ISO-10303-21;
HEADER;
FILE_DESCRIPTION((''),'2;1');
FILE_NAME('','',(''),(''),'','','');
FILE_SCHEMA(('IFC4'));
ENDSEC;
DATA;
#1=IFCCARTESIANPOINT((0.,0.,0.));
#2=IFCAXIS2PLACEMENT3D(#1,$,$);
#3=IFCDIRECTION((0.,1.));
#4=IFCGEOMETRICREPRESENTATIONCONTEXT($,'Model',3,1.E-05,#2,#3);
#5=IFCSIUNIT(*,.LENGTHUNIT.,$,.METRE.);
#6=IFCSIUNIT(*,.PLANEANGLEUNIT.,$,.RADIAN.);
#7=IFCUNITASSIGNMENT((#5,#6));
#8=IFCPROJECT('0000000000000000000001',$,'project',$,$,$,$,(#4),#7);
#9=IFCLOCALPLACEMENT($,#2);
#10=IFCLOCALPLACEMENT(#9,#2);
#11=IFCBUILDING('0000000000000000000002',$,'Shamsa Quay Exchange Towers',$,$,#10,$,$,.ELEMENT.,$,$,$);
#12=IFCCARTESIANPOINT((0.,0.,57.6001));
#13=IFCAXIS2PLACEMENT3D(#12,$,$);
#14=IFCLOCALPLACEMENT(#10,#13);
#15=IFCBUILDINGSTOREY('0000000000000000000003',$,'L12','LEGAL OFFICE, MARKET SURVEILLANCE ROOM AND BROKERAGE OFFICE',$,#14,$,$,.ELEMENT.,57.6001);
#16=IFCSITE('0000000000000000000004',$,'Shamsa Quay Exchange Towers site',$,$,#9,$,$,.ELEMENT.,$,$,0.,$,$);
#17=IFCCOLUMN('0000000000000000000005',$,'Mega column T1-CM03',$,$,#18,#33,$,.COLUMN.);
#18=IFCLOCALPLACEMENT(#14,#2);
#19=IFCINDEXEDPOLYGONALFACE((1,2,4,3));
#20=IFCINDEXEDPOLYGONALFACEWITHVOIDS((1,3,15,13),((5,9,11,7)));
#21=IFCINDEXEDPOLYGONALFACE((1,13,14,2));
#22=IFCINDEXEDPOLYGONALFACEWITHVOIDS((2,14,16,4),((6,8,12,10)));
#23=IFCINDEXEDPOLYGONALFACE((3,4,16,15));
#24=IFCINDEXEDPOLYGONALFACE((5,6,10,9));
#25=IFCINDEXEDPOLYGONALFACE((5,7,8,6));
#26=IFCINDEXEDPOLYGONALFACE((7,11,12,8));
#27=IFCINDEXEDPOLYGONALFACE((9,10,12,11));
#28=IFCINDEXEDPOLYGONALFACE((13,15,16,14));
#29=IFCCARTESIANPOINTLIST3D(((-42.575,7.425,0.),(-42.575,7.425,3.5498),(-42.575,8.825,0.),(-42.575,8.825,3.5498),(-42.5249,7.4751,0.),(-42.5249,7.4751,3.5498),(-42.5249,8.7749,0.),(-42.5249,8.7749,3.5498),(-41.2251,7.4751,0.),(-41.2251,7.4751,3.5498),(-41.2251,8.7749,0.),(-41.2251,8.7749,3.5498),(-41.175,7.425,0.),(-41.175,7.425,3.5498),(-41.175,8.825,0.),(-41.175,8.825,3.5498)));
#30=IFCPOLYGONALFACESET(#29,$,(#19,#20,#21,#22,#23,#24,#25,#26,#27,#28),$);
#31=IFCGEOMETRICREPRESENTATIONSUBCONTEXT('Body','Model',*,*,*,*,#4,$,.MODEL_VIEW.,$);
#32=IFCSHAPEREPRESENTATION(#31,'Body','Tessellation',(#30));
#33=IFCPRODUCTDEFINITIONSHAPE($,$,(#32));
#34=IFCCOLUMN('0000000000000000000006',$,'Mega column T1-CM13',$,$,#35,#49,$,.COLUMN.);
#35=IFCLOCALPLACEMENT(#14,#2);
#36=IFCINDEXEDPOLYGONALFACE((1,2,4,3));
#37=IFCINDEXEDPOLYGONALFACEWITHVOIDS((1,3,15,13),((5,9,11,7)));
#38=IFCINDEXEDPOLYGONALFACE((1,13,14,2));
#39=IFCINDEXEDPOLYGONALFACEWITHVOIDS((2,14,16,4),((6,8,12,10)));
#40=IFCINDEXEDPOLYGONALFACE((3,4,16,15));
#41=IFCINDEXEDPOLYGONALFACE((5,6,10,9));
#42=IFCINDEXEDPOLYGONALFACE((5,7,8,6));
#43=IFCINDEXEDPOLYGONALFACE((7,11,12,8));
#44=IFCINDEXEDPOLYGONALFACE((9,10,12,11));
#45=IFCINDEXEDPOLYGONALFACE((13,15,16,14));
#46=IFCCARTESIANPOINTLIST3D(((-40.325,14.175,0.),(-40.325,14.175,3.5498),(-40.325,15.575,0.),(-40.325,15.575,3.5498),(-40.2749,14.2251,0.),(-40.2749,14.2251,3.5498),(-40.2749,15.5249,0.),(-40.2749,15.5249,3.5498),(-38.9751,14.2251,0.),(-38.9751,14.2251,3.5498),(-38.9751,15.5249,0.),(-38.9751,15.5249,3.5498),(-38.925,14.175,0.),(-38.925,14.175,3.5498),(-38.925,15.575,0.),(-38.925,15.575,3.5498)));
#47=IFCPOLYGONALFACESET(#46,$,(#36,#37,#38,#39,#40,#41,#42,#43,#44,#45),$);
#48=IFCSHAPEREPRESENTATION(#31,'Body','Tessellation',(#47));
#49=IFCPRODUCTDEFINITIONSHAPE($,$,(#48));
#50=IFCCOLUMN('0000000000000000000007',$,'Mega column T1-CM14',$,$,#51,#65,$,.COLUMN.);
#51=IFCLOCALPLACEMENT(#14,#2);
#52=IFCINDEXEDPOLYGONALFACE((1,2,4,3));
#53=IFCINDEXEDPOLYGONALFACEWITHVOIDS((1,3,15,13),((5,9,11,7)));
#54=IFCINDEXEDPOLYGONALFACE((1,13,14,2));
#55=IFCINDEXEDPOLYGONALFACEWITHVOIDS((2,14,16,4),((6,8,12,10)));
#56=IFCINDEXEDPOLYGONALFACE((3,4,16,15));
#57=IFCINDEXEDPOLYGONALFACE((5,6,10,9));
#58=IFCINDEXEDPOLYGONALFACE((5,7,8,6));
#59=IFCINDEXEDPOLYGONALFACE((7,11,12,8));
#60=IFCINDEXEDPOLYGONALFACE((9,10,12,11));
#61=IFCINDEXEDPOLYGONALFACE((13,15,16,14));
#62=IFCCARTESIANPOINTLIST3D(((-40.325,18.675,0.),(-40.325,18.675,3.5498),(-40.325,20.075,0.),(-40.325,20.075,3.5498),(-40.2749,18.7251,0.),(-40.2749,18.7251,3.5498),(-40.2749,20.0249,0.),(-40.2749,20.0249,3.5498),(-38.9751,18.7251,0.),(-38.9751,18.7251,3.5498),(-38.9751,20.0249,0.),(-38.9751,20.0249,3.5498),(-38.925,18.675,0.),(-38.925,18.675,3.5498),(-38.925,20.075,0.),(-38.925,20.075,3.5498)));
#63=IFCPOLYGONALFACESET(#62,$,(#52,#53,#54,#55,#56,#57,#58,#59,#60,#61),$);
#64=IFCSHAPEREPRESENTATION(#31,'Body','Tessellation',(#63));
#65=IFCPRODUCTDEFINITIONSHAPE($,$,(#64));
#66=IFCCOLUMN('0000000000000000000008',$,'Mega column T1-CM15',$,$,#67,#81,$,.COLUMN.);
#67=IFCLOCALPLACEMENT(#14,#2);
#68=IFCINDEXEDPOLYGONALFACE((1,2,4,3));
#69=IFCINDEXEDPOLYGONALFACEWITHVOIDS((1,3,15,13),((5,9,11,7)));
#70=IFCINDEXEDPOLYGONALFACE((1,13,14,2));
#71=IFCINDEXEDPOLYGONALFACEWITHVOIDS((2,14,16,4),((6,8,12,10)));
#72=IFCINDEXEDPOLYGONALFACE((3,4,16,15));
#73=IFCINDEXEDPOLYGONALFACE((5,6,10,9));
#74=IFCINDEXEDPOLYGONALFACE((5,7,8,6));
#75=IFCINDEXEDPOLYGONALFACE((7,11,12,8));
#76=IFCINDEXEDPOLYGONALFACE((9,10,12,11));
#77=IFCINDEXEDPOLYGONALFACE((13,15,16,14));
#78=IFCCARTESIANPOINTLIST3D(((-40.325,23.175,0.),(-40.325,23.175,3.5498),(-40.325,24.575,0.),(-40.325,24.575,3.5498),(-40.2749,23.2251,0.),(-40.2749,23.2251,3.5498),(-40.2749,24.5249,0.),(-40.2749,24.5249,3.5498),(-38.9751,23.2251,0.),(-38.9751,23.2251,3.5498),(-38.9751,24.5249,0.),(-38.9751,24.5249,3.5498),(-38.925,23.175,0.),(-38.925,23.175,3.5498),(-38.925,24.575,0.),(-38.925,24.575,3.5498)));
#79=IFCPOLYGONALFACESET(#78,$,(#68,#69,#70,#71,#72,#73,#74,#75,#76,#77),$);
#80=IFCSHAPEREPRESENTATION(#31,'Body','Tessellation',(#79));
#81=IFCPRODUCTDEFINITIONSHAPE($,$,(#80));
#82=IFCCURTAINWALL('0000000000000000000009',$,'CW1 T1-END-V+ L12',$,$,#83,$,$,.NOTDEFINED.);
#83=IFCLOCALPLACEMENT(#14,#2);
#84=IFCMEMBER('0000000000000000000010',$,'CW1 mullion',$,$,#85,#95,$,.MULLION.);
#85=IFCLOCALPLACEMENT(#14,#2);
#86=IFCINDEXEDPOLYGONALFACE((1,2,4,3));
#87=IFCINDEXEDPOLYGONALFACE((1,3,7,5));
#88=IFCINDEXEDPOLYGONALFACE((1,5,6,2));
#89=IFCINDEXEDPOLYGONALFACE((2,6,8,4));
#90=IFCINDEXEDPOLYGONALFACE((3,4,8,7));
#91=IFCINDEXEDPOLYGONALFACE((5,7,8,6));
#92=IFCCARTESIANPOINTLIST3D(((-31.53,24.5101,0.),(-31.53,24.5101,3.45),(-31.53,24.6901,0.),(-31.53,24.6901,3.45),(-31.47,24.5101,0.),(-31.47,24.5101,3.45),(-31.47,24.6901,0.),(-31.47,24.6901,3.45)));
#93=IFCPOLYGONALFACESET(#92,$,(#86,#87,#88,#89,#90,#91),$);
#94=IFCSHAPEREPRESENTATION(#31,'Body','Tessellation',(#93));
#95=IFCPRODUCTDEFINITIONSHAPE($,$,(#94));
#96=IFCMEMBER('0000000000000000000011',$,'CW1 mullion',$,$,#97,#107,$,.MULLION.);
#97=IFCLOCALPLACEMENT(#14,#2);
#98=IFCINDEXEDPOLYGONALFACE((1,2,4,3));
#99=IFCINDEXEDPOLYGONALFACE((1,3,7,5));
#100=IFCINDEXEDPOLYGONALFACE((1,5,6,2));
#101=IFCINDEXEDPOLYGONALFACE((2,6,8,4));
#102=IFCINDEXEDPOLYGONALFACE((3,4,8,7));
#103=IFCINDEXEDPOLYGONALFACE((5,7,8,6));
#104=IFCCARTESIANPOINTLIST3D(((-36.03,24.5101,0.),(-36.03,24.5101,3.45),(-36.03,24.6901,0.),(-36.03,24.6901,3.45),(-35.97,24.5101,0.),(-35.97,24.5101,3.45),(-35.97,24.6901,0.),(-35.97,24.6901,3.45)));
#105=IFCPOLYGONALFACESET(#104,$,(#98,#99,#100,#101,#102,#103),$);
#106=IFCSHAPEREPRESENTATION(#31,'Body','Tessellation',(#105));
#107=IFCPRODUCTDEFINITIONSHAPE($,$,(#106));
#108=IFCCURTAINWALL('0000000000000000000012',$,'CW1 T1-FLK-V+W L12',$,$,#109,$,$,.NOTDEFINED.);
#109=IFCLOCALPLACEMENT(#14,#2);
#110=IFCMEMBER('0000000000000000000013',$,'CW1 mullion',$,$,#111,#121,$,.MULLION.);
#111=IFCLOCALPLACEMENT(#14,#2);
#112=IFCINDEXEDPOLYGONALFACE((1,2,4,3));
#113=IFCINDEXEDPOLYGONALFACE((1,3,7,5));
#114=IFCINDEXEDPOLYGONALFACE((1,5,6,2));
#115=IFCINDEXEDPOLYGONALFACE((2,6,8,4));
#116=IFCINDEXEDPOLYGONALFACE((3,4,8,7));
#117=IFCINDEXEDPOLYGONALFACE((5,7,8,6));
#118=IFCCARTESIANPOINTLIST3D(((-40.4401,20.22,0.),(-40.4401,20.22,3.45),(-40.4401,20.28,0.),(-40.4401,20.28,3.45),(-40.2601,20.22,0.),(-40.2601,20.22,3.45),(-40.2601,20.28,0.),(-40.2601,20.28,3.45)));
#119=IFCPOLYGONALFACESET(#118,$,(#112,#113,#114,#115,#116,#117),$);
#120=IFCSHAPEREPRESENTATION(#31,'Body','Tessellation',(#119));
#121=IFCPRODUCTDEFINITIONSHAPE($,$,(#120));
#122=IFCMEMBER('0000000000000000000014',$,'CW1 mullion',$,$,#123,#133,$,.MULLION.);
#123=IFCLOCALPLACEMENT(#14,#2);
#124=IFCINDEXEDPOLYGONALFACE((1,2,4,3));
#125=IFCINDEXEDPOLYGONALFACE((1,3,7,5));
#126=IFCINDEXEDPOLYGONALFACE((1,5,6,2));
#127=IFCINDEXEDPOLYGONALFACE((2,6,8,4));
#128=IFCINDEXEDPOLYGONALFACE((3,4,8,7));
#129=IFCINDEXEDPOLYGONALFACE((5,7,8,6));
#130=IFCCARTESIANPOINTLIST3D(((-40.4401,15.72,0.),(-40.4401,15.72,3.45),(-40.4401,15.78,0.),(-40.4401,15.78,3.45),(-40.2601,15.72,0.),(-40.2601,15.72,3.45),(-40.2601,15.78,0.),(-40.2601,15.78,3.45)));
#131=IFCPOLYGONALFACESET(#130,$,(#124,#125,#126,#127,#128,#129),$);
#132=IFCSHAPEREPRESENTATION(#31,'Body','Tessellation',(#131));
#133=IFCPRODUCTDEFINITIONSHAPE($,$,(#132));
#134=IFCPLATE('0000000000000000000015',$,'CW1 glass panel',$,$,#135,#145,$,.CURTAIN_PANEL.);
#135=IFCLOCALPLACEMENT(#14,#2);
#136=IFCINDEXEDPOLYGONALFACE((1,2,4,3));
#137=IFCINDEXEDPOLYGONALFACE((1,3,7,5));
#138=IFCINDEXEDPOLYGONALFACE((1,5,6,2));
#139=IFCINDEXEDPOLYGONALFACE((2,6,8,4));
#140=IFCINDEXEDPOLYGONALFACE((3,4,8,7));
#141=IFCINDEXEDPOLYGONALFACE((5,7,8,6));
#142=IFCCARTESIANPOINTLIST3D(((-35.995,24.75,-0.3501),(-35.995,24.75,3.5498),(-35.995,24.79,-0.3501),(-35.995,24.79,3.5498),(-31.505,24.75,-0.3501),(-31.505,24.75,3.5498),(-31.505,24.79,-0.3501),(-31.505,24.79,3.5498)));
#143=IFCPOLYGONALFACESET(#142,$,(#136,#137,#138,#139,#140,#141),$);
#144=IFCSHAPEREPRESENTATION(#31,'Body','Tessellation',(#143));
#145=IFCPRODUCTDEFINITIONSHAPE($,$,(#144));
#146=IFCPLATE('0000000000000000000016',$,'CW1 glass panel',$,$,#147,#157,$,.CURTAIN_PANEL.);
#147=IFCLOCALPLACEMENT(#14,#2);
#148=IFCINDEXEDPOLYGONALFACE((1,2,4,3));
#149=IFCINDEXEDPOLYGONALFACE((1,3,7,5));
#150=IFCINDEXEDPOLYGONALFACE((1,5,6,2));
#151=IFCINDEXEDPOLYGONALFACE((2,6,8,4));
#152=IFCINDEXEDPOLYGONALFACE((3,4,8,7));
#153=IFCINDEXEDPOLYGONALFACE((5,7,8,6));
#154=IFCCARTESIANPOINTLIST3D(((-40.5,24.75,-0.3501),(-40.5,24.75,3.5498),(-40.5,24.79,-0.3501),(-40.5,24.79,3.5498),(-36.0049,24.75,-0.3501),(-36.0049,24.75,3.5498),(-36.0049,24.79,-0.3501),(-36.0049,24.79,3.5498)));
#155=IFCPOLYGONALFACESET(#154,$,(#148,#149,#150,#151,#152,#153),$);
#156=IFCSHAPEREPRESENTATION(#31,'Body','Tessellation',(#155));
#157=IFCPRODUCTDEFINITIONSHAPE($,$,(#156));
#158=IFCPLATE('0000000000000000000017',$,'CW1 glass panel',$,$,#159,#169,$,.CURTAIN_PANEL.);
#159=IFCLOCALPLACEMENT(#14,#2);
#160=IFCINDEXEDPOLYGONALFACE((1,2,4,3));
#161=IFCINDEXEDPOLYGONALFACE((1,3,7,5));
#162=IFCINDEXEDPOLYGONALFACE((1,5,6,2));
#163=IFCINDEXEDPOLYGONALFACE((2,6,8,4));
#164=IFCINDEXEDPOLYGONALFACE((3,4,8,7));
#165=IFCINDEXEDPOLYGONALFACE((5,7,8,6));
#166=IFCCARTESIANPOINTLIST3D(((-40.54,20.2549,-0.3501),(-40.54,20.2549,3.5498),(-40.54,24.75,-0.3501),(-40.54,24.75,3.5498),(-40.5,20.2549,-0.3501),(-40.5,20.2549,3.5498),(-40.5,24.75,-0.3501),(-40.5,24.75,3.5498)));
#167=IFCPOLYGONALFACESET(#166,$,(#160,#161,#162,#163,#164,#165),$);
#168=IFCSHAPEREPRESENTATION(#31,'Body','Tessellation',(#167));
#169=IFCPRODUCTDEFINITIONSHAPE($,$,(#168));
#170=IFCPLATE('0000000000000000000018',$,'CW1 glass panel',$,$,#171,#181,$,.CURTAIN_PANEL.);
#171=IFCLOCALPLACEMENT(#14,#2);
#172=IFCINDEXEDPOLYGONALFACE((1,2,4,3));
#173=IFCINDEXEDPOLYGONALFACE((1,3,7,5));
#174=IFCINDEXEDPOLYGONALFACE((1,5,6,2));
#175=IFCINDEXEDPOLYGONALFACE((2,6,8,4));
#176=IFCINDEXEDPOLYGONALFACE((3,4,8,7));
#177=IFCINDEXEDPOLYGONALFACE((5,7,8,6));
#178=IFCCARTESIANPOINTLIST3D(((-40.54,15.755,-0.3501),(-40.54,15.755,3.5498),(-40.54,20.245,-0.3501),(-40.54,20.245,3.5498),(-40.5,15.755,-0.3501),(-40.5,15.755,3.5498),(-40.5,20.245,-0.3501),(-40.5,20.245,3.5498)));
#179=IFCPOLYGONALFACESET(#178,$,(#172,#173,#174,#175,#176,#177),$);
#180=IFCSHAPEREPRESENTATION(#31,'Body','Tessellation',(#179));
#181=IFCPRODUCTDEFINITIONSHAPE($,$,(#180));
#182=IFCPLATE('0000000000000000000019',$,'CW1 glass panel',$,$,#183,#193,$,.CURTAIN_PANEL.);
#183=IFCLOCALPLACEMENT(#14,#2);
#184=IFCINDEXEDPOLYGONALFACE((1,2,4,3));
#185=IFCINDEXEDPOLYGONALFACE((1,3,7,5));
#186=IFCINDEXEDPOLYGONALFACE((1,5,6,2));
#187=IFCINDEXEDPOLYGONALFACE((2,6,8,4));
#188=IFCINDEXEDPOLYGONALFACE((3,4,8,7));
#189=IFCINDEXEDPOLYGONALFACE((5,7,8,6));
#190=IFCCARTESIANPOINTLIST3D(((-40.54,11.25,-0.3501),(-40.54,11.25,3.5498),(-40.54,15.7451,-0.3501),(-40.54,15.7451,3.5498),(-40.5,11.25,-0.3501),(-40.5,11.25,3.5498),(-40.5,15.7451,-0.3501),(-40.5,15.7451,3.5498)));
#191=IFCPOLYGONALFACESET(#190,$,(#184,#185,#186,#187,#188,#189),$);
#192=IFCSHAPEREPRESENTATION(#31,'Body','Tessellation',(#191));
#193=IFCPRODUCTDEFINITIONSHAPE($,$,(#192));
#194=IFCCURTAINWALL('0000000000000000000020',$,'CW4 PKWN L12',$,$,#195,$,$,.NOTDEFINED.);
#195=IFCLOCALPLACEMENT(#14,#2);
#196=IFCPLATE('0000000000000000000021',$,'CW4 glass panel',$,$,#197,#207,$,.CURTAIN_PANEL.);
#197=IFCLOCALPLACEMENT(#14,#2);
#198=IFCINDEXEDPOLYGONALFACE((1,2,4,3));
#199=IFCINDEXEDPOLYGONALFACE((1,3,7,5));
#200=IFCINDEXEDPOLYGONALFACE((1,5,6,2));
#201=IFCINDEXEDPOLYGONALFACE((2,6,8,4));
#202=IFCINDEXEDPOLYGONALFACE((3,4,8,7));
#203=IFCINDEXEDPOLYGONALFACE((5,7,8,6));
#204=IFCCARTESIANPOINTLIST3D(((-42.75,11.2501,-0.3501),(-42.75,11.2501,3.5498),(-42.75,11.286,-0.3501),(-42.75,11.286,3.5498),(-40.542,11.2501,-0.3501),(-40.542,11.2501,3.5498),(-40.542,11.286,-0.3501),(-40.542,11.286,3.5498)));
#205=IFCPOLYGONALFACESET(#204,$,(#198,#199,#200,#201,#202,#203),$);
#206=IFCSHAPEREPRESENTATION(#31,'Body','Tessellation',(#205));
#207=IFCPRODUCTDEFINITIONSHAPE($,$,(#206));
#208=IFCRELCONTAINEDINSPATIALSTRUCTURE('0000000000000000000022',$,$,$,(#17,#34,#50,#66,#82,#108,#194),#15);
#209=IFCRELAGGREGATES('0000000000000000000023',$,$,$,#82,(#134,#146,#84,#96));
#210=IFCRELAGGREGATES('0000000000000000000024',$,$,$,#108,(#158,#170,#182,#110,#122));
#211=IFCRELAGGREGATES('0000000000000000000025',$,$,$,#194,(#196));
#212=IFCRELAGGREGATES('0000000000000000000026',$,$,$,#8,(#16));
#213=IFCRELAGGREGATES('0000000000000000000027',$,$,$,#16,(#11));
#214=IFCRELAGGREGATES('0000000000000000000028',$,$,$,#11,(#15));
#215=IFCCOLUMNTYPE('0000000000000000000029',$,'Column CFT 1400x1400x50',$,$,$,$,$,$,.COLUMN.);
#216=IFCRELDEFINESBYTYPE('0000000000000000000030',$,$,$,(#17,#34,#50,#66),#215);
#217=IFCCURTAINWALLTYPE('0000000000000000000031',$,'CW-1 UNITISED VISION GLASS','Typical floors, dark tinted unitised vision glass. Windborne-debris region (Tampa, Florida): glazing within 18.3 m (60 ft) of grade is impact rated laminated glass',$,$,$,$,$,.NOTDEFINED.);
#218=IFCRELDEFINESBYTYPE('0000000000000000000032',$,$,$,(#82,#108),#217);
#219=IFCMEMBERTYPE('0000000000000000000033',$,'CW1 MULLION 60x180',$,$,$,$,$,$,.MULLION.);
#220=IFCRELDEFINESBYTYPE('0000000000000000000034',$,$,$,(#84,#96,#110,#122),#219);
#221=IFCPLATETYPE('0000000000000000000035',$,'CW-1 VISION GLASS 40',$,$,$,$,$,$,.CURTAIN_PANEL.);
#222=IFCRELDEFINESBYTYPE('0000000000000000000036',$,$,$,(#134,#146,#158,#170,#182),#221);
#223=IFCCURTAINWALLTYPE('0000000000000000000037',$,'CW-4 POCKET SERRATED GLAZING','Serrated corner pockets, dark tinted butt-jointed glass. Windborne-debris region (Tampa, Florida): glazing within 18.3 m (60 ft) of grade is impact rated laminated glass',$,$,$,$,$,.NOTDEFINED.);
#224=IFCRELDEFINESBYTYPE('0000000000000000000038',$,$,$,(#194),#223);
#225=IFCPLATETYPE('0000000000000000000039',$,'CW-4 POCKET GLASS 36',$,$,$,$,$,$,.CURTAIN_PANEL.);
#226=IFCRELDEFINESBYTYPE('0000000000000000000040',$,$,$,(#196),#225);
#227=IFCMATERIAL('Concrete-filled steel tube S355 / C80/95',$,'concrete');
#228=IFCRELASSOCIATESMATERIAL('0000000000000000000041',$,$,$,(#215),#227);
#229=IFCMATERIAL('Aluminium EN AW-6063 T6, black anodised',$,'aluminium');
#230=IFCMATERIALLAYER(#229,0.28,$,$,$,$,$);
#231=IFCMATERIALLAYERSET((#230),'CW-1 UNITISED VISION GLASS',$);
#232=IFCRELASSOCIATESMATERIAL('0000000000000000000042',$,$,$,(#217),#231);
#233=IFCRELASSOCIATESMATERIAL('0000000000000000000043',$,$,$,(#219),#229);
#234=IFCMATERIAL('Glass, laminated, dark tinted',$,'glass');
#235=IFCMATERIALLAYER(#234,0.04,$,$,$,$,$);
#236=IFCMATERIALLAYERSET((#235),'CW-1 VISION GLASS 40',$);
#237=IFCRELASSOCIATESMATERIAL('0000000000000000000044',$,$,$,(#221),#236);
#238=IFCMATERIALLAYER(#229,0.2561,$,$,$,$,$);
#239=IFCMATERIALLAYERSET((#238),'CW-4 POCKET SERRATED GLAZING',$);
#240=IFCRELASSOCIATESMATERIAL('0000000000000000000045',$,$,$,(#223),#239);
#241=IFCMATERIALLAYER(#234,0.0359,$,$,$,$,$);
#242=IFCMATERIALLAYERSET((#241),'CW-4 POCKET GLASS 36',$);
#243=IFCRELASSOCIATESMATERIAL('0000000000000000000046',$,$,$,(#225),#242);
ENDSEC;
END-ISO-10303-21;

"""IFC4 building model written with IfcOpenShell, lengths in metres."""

from ifc_helpers import new_model, si_unit, direction, frame, origin, origin_2d, place, context, subcontext, project, spatial, rectangle, hollow_rectangle, extrude, material, layer, layer_set, material_profile, profile_set, type_object, element, aggregate, save


model = new_model("IFC4")

# Units and contexts
model_context = context("Model", 3, precision=1e-05, world=origin(), true_north=direction((0.0, 1.0)))
body_context = subcontext(model_context, "Body", "Model", "MODEL_VIEW")
ifc_project = project(units=[si_unit("LENGTHUNIT", "METRE"), si_unit("PLANEANGLEUNIT", "RADIAN")], contexts=[model_context])

# Site, building, storey
site_placement = place(None, origin())
site = spatial("IfcSite", under=ifc_project, at=site_placement, Name="Shamsa Quay Exchange Towers site", CompositionType="ELEMENT", RefElevation=0.0)
building_placement = place(site_placement, origin())
building = spatial("IfcBuilding", under=site, at=building_placement, Name="Shamsa Quay Exchange Towers", CompositionType="ELEMENT")
storey_placement = place(building_placement, frame((0.0, 0.0, 57.6001)))
storey = spatial("IfcBuildingStorey", under=building, at=storey_placement, Name="L12", Description="LEGAL OFFICE, MARKET SURVEILLANCE ROOM AND BROKERAGE OFFICE", CompositionType="ELEMENT", Elevation=57.6001)

# Columns
ifc_material_1 = material(Name="Concrete-filled steel tube S355 / C80/95", Category="concrete")
ifc_material_profile_1 = material_profile(ifc_material_1, hollow_rectangle(XDim=1.3999, YDim=1.3999, WallThickness=0.05, at=origin_2d()), Name="CFT 1400x1400x50")
ifc_profile_set_1 = profile_set([ifc_material_profile_1], Name="Concrete-filled steel tube S355 / C80/95")
column_type = type_object("IfcColumnType", Name="Column CFT 1400x1400x50", PredefinedType="COLUMN", material=ifc_profile_set_1)
for number, where, name in (
    (1, (-41.875, 8.125, 0.0), "Mega column T1-CM03"),
    (2, (-39.625, 14.875, 0.0), "Mega column T1-CM13"),
    (3, (-39.625, 19.375, 0.0), "Mega column T1-CM14"),
    (4, (-39.625, 23.875, 0.0), "Mega column T1-CM15"),
):
    element("IfcColumn", number, at=place(storey_placement, frame(where)), inside=storey, type_object=column_type, Name=name, PredefinedType="COLUMN", context=body_context, shape_type="SweptSolid", body=[
        extrude(hollow_rectangle(XDim=1.3999, YDim=1.3999, WallThickness=0.05, at=origin_2d()), origin(), (0.0, 0.0, 1.0), 3.5498),
    ])

# Curtain walls, members
ifc_material_2 = material(Name="Aluminium EN AW-6063 T6, black anodised", Category="aluminium")
ifc_layer_1 = layer(ifc_material_2, 0.28)
ifc_layer_set_1 = layer_set([ifc_layer_1], Name="CW-1 UNITISED VISION GLASS")
curtain_wall_type_1 = type_object("IfcCurtainWallType", Name="CW-1 UNITISED VISION GLASS", Description="Typical floors, dark tinted unitised vision glass. Windborne-debris region (Tampa, Florida): glazing within 18.3 m (60 ft) of grade is impact rated laminated glass", PredefinedType="NOTDEFINED", material=ifc_layer_set_1)
curtain_wall_1_placement = place(storey_placement, origin())
curtain_wall_1 = element("IfcCurtainWall", 5, at=curtain_wall_1_placement, inside=storey, type_object=curtain_wall_type_1, Name="CW1 T1-END-V+ L12", PredefinedType="NOTDEFINED")
ifc_material_profile_2 = material_profile(ifc_material_2, rectangle(XDim=0.1799, YDim=0.0601, at=origin_2d()), Name="MU60x180")
ifc_profile_set_2 = profile_set([ifc_material_profile_2], Name="Aluminium EN AW-6063 T6, black anodised")
member_type = type_object("IfcMemberType", Name="CW1 MULLION 60x180", PredefinedType="MULLION", material=ifc_profile_set_2)
member_1_placement = place(storey_placement, frame((-31.5, 24.6001, 0.0), z_axis=(0.0, 0.0, 1.0), x_axis=(0.0, -1.0, 0.0)))
member_1 = element("IfcMember", 6, at=member_1_placement, type_object=member_type, Name="CW1 mullion", PredefinedType="MULLION", context=body_context, shape_type="SweptSolid", body=[
    extrude(rectangle(XDim=0.1799, YDim=0.0601, at=origin_2d()), origin(), (0.0, 0.0, 1.0), 3.45),
])
member_2_placement = place(storey_placement, frame((-36.0, 24.6001, 0.0), z_axis=(0.0, 0.0, 1.0), x_axis=(0.0, -1.0, 0.0)))
member_2 = element("IfcMember", 7, at=member_2_placement, type_object=member_type, Name="CW1 mullion", PredefinedType="MULLION", context=body_context, shape_type="SweptSolid", body=[
    extrude(rectangle(XDim=0.1799, YDim=0.0601, at=origin_2d()), origin(), (0.0, 0.0, 1.0), 3.45),
])
curtain_wall_2_placement = place(storey_placement, origin())
curtain_wall_2 = element("IfcCurtainWall", 8, at=curtain_wall_2_placement, inside=storey, type_object=curtain_wall_type_1, Name="CW1 T1-FLK-V+W L12", PredefinedType="NOTDEFINED")
member_3_placement = place(storey_placement, frame((-40.3501, 20.25, 0.0)))
member_3 = element("IfcMember", 9, at=member_3_placement, type_object=member_type, Name="CW1 mullion", PredefinedType="MULLION", context=body_context, shape_type="SweptSolid", body=[
    extrude(rectangle(XDim=0.1799, YDim=0.0601, at=origin_2d()), origin(), (0.0, 0.0, 1.0), 3.45),
])
member_4_placement = place(storey_placement, frame((-40.3501, 15.75, 0.0)))
member_4 = element("IfcMember", 10, at=member_4_placement, type_object=member_type, Name="CW1 mullion", PredefinedType="MULLION", context=body_context, shape_type="SweptSolid", body=[
    extrude(rectangle(XDim=0.1799, YDim=0.0601, at=origin_2d()), origin(), (0.0, 0.0, 1.0), 3.45),
])

# Plates
ifc_material_3 = material(Name="Glass, laminated, dark tinted", Category="glass")
ifc_layer_2 = layer(ifc_material_3, 0.04)
ifc_layer_set_2 = layer_set([ifc_layer_2], Name="CW-1 VISION GLASS 40")
plate_type_1 = type_object("IfcPlateType", Name="CW-1 VISION GLASS 40", PredefinedType="CURTAIN_PANEL", material=ifc_layer_set_2)
plate_1_placement = place(storey_placement, frame((-33.75, 24.77, -0.3501), z_axis=(0.0, 0.0, 1.0), x_axis=(-1.0, 0.0, 0.0)))
plate_1 = element("IfcPlate", 11, at=plate_1_placement, type_object=plate_type_1, Name="CW1 glass panel", PredefinedType="CURTAIN_PANEL", context=body_context, shape_type="SweptSolid", body=[
    extrude(rectangle(XDim=4.49, YDim=0.04, at=origin_2d()), origin(), (0.0, 0.0, 1.0), 3.8999),
])
plate_2_placement = place(storey_placement, frame((-38.2524, 24.77, -0.3501), z_axis=(0.0, 0.0, 1.0), x_axis=(-1.0, 0.0, 0.0)))
plate_2 = element("IfcPlate", 12, at=plate_2_placement, type_object=plate_type_1, Name="CW1 glass panel", PredefinedType="CURTAIN_PANEL", context=body_context, shape_type="SweptSolid", body=[
    extrude(rectangle(XDim=4.4951, YDim=0.04, at=origin_2d()), origin(), (0.0, 0.0, 1.0), 3.8999),
])
aggregate(curtain_wall_1, [plate_1, plate_2, member_1, member_2])
plate_3_placement = place(storey_placement, frame((-40.52, 22.5024, -0.3501), z_axis=(0.0, 0.0, 1.0), x_axis=(0.0, -1.0, 0.0)))
plate_3 = element("IfcPlate", 13, at=plate_3_placement, type_object=plate_type_1, Name="CW1 glass panel", PredefinedType="CURTAIN_PANEL", context=body_context, shape_type="SweptSolid", body=[
    extrude(rectangle(XDim=4.4951, YDim=0.04, at=origin_2d()), origin(), (0.0, 0.0, 1.0), 3.8999),
])
plate_4_placement = place(storey_placement, frame((-40.52, 18.0, -0.3501), z_axis=(0.0, 0.0, 1.0), x_axis=(0.0, -1.0, 0.0)))
plate_4 = element("IfcPlate", 14, at=plate_4_placement, type_object=plate_type_1, Name="CW1 glass panel", PredefinedType="CURTAIN_PANEL", context=body_context, shape_type="SweptSolid", body=[
    extrude(rectangle(XDim=4.49, YDim=0.04, at=origin_2d()), origin(), (0.0, 0.0, 1.0), 3.8999),
])
plate_5_placement = place(storey_placement, frame((-40.52, 13.4976, -0.3501), z_axis=(0.0, 0.0, 1.0), x_axis=(0.0, -1.0, 0.0)))
plate_5 = element("IfcPlate", 15, at=plate_5_placement, type_object=plate_type_1, Name="CW1 glass panel", PredefinedType="CURTAIN_PANEL", context=body_context, shape_type="SweptSolid", body=[
    extrude(rectangle(XDim=4.4951, YDim=0.04, at=origin_2d()), origin(), (0.0, 0.0, 1.0), 3.8999),
])
aggregate(curtain_wall_2, [plate_3, plate_4, plate_5, member_3, member_4])

# Curtain wall, plate
ifc_layer_3 = layer(ifc_material_2, 0.2561)
ifc_layer_set_3 = layer_set([ifc_layer_3], Name="CW-4 POCKET SERRATED GLAZING")
curtain_wall_type_2 = type_object("IfcCurtainWallType", Name="CW-4 POCKET SERRATED GLAZING", Description="Serrated corner pockets, dark tinted butt-jointed glass. Windborne-debris region (Tampa, Florida): glazing within 18.3 m (60 ft) of grade is impact rated laminated glass", PredefinedType="NOTDEFINED", material=ifc_layer_set_3)
curtain_wall_3_placement = place(storey_placement, origin())
curtain_wall_3 = element("IfcCurtainWall", 16, at=curtain_wall_3_placement, inside=storey, type_object=curtain_wall_type_2, Name="CW4 PKWN L12", PredefinedType="NOTDEFINED")
ifc_layer_4 = layer(ifc_material_3, 0.0359)
ifc_layer_set_4 = layer_set([ifc_layer_4], Name="CW-4 POCKET GLASS 36")
plate_type_2 = type_object("IfcPlateType", Name="CW-4 POCKET GLASS 36", PredefinedType="CURTAIN_PANEL", material=ifc_layer_set_4)
plate_6_placement = place(storey_placement, frame((-41.646, 11.2681, -0.3501), z_axis=(0.0, 0.0, 1.0), x_axis=(-1.0, 0.0, 0.0)))
plate_6 = element("IfcPlate", 17, at=plate_6_placement, type_object=plate_type_2, Name="CW4 glass panel", PredefinedType="CURTAIN_PANEL", context=body_context, shape_type="SweptSolid", body=[
    extrude(rectangle(XDim=2.208, YDim=0.0359, at=origin_2d()), origin(), (0.0, 0.0, 1.0), 3.8999),
])
aggregate(curtain_wall_3, [plate_6])

save(model, "model.ifc")
